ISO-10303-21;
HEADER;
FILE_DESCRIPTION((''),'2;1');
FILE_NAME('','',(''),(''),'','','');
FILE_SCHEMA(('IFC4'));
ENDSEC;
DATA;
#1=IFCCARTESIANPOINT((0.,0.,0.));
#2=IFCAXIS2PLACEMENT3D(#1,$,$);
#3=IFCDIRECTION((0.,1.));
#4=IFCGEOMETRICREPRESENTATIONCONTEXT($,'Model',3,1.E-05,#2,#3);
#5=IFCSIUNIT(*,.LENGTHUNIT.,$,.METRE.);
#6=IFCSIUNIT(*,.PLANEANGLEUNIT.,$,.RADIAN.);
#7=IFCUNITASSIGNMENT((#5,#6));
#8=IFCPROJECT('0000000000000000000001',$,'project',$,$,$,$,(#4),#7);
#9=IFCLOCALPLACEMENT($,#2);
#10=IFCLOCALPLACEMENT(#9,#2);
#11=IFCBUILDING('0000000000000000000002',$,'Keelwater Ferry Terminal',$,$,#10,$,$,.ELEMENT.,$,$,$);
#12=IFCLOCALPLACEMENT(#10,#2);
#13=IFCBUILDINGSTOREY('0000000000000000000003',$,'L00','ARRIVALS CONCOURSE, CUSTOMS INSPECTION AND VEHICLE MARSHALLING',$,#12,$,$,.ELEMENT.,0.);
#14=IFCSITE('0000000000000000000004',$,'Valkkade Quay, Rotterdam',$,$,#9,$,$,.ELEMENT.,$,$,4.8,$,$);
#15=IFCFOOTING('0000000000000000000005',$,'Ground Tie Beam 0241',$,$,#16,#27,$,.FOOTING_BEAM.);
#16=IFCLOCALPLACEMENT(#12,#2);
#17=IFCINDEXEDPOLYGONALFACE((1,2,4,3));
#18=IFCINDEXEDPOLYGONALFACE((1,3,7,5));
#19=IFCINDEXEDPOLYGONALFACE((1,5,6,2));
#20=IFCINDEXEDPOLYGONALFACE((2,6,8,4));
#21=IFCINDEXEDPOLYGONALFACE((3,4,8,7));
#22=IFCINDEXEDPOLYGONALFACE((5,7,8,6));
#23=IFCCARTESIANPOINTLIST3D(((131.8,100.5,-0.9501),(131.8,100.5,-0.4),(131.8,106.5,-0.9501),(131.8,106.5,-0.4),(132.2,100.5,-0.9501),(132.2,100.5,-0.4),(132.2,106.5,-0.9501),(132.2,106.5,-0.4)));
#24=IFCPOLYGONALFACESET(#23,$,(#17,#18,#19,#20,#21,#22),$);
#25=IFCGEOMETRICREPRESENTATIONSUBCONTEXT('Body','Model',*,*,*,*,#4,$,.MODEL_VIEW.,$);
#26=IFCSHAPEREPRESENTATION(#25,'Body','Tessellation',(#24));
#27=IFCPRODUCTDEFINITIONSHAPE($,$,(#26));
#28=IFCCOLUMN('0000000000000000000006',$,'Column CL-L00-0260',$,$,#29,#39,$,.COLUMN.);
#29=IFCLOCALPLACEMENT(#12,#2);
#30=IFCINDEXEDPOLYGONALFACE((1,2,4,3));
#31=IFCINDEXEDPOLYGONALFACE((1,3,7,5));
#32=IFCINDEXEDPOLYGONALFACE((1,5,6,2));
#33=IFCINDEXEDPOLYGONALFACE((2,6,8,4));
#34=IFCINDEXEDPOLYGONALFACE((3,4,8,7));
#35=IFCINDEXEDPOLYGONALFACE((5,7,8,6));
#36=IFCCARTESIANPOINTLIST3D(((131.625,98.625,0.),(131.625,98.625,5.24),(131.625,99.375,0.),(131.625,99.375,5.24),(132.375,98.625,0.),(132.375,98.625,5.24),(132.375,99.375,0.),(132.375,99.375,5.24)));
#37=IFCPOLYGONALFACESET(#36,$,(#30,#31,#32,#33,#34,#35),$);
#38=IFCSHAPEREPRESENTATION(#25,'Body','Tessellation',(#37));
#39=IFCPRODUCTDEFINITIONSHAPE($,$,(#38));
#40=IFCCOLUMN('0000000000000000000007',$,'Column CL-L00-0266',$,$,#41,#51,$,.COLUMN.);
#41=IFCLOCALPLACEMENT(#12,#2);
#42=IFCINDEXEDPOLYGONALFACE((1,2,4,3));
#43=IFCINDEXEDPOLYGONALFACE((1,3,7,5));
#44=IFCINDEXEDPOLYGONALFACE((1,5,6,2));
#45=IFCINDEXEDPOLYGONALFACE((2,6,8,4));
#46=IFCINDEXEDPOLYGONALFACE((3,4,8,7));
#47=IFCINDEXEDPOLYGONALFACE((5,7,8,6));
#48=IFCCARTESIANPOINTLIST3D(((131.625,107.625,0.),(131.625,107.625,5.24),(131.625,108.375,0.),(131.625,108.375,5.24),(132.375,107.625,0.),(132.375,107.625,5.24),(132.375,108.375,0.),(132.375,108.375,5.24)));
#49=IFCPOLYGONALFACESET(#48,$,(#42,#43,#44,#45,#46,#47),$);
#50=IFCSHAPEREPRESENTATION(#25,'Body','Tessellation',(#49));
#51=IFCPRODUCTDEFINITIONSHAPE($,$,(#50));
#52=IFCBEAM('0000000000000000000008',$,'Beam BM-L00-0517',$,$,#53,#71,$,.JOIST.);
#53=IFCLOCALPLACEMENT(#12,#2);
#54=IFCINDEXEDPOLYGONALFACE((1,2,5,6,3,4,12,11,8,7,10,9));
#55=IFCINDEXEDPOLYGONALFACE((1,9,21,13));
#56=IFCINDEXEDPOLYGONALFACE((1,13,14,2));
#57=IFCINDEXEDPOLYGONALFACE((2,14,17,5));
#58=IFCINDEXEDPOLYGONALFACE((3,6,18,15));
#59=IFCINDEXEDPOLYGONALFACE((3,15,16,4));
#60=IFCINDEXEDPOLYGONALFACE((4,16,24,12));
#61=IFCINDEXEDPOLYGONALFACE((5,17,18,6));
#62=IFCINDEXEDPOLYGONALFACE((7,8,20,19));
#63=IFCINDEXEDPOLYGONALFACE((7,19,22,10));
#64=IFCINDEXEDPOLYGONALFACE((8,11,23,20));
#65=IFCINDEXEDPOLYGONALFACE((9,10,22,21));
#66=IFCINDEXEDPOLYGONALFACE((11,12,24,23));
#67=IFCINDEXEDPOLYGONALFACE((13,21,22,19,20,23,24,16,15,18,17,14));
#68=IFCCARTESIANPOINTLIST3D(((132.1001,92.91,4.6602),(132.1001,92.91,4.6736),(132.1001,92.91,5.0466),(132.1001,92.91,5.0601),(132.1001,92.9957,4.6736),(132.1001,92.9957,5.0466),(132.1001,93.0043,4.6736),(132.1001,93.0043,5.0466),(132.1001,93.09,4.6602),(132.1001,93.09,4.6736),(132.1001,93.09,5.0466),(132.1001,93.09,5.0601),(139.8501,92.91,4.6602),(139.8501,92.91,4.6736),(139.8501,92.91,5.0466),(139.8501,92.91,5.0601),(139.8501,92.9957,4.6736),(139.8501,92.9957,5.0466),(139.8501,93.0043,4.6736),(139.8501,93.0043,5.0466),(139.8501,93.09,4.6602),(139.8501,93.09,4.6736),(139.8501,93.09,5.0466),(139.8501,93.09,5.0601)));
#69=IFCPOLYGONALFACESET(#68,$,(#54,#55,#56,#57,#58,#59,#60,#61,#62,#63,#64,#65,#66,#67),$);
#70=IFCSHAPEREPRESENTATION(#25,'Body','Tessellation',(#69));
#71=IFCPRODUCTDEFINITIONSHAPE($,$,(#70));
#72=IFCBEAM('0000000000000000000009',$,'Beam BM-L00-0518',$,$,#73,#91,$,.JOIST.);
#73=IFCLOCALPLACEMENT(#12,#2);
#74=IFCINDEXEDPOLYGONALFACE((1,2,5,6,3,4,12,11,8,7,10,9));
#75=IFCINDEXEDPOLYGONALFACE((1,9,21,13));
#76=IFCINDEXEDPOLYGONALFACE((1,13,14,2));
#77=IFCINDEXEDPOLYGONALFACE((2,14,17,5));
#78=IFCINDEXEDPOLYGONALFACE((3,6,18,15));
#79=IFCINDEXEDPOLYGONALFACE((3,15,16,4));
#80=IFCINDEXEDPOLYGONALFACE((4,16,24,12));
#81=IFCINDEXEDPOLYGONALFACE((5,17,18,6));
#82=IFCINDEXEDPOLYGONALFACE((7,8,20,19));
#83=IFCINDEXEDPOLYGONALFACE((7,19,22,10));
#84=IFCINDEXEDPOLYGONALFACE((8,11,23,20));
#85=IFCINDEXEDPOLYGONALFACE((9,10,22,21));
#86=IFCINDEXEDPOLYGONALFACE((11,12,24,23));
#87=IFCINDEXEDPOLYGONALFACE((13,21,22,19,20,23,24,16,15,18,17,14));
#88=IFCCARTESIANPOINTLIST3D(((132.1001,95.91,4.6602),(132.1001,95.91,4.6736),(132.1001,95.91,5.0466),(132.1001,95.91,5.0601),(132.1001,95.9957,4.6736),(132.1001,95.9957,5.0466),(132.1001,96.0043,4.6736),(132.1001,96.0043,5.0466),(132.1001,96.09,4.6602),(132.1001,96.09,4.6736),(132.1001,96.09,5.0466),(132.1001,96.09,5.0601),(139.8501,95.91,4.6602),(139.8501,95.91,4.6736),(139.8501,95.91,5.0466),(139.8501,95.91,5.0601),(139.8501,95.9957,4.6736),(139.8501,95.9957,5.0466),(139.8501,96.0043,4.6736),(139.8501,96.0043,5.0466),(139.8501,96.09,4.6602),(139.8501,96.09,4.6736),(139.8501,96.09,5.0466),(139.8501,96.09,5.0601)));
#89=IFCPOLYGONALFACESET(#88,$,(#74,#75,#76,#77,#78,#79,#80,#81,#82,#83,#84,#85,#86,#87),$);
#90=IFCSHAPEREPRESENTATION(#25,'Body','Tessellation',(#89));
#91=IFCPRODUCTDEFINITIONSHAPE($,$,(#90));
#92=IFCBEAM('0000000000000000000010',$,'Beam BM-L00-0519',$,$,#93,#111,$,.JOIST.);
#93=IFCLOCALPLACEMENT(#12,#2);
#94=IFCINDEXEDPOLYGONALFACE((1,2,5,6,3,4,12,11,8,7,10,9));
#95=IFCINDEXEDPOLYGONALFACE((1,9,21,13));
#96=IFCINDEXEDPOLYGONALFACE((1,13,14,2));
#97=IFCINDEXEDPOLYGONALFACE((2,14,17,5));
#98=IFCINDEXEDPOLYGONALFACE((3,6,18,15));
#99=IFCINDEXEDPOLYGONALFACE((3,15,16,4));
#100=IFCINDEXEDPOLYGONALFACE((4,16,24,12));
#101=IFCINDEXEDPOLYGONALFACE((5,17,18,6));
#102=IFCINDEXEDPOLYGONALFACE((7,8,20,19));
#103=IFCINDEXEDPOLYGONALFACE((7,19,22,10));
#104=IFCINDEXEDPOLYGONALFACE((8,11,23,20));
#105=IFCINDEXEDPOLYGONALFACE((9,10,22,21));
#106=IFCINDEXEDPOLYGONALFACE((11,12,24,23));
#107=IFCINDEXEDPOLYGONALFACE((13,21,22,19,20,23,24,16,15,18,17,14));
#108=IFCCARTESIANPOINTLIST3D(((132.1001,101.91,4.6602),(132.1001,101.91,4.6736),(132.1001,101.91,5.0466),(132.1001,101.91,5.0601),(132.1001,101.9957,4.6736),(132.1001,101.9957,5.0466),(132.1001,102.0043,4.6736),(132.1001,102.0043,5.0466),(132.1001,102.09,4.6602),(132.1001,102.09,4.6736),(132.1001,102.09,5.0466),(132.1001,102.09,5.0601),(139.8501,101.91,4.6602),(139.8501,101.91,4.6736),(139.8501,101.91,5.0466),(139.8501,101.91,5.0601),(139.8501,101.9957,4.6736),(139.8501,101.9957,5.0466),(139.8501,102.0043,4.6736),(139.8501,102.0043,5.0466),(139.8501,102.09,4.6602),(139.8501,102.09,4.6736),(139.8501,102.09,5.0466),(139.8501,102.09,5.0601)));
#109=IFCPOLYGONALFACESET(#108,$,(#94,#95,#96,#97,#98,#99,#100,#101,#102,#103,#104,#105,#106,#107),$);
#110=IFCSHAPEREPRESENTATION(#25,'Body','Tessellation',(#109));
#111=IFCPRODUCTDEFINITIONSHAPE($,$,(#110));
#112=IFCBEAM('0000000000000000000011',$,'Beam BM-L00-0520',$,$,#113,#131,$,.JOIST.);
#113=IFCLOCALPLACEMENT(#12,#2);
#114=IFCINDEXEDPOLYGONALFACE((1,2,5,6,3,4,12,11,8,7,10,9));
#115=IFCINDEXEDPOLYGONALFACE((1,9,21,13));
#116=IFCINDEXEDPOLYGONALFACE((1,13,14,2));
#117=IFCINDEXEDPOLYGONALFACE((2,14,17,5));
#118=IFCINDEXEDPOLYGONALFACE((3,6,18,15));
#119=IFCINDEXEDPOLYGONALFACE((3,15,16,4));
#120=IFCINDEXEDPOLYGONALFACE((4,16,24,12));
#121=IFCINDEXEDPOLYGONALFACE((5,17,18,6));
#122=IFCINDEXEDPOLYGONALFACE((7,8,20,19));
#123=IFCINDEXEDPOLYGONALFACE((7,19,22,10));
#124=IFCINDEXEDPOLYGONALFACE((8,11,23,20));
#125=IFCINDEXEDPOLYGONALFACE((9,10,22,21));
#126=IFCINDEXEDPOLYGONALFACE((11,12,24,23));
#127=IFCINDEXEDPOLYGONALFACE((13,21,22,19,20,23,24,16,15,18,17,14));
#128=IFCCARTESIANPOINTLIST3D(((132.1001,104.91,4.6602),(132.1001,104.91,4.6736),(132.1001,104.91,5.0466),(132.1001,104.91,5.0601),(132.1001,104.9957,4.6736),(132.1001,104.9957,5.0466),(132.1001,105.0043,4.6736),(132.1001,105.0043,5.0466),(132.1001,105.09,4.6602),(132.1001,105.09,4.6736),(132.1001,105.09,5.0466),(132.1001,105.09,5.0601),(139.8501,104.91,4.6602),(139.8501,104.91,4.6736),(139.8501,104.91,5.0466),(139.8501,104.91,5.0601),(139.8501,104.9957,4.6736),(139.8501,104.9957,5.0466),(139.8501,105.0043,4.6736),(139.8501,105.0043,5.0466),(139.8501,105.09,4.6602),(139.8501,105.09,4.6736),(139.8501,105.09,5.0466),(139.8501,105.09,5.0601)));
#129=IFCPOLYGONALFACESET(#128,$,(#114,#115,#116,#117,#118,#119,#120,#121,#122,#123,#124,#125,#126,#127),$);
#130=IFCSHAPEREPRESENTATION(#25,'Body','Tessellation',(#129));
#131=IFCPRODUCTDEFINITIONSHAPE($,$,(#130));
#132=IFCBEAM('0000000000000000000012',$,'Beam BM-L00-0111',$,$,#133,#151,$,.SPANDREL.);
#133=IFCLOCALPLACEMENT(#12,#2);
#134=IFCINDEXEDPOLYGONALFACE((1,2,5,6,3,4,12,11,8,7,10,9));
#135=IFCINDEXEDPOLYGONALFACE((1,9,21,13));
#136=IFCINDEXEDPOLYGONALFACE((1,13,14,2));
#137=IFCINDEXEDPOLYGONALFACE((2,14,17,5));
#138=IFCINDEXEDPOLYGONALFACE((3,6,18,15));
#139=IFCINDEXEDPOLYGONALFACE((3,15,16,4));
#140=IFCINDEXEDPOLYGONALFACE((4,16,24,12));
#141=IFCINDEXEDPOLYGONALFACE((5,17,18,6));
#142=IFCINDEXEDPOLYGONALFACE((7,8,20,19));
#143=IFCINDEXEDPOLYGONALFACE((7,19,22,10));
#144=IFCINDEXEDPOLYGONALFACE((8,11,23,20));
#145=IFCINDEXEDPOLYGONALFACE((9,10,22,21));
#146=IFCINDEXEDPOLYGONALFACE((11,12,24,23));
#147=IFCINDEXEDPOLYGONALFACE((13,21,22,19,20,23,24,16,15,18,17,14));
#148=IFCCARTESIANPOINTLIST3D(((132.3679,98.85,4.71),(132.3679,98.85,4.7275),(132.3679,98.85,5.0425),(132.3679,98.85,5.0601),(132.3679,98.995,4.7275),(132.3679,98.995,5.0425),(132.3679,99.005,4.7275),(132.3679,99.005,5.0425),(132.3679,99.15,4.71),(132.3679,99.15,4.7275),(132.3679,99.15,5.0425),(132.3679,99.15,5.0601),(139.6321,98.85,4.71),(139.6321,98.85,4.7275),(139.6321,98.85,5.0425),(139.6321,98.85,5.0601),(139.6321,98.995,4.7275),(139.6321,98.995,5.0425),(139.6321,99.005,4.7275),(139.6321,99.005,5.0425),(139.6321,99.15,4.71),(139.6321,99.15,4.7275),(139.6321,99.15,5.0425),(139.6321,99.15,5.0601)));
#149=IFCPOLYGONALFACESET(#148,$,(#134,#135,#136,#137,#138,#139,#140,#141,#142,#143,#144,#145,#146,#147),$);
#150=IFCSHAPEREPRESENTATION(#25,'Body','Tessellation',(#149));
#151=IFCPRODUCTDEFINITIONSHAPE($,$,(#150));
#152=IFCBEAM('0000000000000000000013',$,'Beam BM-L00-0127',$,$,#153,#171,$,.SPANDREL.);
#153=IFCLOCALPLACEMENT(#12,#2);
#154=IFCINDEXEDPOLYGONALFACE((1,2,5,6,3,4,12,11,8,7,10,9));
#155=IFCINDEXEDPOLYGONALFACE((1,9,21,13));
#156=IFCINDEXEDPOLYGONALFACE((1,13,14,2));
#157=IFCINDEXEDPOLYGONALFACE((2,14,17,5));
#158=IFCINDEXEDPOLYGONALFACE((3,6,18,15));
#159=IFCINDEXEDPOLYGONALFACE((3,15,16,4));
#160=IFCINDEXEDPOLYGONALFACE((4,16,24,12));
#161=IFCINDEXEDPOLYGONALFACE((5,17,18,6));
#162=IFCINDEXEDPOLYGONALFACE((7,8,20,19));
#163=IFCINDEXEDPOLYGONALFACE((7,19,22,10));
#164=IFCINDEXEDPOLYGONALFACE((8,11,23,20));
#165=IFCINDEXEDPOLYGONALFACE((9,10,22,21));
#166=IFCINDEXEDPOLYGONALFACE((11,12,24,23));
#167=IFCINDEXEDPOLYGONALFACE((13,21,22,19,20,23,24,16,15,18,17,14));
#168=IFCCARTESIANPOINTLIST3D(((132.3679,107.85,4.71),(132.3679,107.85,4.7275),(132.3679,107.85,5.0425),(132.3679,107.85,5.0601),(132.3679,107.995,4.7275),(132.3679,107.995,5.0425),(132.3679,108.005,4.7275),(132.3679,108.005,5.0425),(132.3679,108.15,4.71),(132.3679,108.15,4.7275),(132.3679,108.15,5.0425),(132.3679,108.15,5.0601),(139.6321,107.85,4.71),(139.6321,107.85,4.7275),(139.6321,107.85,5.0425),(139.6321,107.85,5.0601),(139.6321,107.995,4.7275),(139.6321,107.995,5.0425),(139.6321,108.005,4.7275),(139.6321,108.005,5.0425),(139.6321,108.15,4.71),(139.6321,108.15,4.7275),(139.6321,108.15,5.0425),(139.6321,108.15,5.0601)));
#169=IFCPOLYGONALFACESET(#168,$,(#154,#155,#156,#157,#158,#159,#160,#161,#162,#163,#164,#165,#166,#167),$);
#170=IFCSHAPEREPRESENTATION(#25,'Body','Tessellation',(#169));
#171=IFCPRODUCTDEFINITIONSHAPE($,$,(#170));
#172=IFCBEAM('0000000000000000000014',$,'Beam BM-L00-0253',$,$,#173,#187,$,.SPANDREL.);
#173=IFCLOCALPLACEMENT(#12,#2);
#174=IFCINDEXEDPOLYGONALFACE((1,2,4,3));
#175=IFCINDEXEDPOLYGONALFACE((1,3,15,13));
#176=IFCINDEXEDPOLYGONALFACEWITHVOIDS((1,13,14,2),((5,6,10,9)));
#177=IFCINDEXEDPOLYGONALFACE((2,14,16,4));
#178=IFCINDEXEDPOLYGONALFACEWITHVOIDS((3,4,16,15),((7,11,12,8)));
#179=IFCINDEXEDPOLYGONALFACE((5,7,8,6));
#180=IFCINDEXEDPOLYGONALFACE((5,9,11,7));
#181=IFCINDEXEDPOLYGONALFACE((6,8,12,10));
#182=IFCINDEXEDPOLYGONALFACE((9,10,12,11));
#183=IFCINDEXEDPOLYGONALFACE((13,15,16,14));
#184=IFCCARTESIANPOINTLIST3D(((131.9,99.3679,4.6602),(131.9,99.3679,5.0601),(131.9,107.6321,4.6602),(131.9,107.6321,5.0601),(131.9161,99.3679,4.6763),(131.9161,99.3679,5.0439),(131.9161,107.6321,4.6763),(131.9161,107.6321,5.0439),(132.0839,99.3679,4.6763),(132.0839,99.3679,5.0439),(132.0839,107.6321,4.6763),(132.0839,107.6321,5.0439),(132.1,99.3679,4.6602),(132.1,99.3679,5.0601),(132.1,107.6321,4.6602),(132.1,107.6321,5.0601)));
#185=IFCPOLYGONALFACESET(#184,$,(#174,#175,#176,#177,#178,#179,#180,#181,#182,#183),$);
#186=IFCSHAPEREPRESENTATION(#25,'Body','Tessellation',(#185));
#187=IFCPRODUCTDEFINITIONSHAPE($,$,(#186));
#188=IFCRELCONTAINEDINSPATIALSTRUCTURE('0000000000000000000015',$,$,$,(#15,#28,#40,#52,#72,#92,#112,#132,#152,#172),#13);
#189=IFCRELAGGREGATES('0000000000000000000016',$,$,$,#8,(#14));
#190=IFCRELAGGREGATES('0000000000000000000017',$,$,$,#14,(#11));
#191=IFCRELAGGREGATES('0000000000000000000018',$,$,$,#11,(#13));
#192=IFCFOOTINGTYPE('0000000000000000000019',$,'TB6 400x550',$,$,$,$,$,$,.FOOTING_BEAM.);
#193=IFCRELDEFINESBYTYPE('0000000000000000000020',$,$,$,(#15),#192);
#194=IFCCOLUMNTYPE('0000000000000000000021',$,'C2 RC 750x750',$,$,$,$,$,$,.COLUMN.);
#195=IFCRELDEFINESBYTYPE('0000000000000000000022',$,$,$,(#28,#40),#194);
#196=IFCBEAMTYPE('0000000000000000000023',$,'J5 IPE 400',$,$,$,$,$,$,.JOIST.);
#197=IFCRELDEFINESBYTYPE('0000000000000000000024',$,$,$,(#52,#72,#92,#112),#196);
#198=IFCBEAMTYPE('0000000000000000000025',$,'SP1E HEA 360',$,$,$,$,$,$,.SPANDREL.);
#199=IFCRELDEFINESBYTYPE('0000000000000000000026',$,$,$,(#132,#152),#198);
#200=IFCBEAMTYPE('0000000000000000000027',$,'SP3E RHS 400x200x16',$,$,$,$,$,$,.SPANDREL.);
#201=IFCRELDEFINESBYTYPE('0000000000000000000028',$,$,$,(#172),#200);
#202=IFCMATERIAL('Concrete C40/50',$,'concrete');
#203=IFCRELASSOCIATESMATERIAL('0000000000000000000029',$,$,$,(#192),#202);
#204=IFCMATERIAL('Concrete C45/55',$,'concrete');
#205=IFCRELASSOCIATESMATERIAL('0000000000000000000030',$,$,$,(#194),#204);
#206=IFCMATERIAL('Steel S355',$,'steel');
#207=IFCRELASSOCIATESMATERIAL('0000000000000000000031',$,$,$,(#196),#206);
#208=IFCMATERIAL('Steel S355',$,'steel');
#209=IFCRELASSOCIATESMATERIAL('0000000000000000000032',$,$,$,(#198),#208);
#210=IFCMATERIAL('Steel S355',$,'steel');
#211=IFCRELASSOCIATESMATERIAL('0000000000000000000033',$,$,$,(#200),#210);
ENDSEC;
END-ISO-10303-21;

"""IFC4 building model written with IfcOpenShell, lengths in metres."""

from ifc_helpers import new_model, si_unit, direction, frame, origin, origin_2d, place, context, subcontext, project, spatial, rectangle, hollow_rectangle, i_section, extrude, material, material_profile, profile_set, type_object, element, save


model = new_model("IFC4")

# Units and contexts
model_context = context("Model", 3, precision=1e-05, world=origin(), true_north=direction((0.0, 1.0)))
body_context = subcontext(model_context, "Body", "Model", "MODEL_VIEW")
ifc_project = project(units=[si_unit("LENGTHUNIT", "METRE"), si_unit("PLANEANGLEUNIT", "RADIAN")], contexts=[model_context])

# Site, building, storey
site_placement = place(None, origin())
site = spatial("IfcSite", under=ifc_project, at=site_placement, Name="Valkkade Quay, Rotterdam", CompositionType="ELEMENT", RefElevation=4.8)
building_placement = place(site_placement, origin())
building = spatial("IfcBuilding", under=site, at=building_placement, Name="Keelwater Ferry Terminal", CompositionType="ELEMENT")
storey_placement = place(building_placement, origin())
storey = spatial("IfcBuildingStorey", under=building, at=storey_placement, Name="L00", Description="ARRIVALS CONCOURSE, CUSTOMS INSPECTION AND VEHICLE MARSHALLING", CompositionType="ELEMENT", Elevation=0.0)

# Footing
ifc_material_1 = material(Name="Concrete C40/50", Category="concrete")
ifc_material_profile_1 = material_profile(ifc_material_1, rectangle(XDim=0.3999, YDim=0.55, at=origin_2d()), Name="TB 400x550")
ifc_profile_set_1 = profile_set([ifc_material_profile_1], Name="Concrete C40/50")
footing_type = type_object("IfcFootingType", Name="TB6 400x550", PredefinedType="FOOTING_BEAM", material=ifc_profile_set_1)
footing_1_placement = place(storey_placement, frame((132.0, 100.5, -0.675), z_axis=(0.0, 1.0, 0.0), x_axis=(-1.0, 0.0, 0.0)))
element("IfcFooting", 1, at=footing_1_placement, inside=storey, type_object=footing_type, Name="Ground Tie Beam 0241", PredefinedType="FOOTING_BEAM", context=body_context, shape_type="SweptSolid", body=[
    extrude(rectangle(XDim=0.3999, YDim=0.55, at=origin_2d()), origin(), (0.0, 0.0, 1.0), 6.0),
])

# Columns
ifc_material_2 = material(Name="Concrete C45/55", Category="concrete")
ifc_material_profile_2 = material_profile(ifc_material_2, rectangle(XDim=0.75, YDim=0.75, at=origin_2d()), Name="RC 750x750")
ifc_profile_set_2 = profile_set([ifc_material_profile_2], Name="Concrete C45/55")
column_type = type_object("IfcColumnType", Name="C2 RC 750x750", PredefinedType="COLUMN", material=ifc_profile_set_2)
for number, where, z_axis, x_axis, name in (
    (2, (132.0, 99.0, 0.0), (0.0, 0.0, 1.0), (1.0, 0.0, 0.0), "Column CL-L00-0260"),
    (3, (132.0, 108.0, 0.0), (0.0, 0.0, 1.0), (1.0, 0.0, 0.0), "Column CL-L00-0266"),
):
    element("IfcColumn", number, at=place(storey_placement, frame(where, z_axis=z_axis, x_axis=x_axis)), inside=storey, type_object=column_type, Name=name, PredefinedType="COLUMN", context=body_context, shape_type="SweptSolid", body=[
        extrude(rectangle(XDim=0.75, YDim=0.75, at=origin_2d()), origin(), (0.0, 0.0, 1.0), 5.24),
    ])

# Beams
ifc_material_3 = material(Name="Steel S355", Category="steel")
ifc_material_profile_3 = material_profile(ifc_material_3, i_section(OverallWidth=0.1799, OverallDepth=0.3999, WebThickness=0.0085, FlangeThickness=0.0134, at=origin_2d()), Name="IPE 400")
ifc_profile_set_3 = profile_set([ifc_material_profile_3], Name="Steel S355")
beam_type_1 = type_object("IfcBeamType", Name="J5 IPE 400", PredefinedType="JOIST", material=ifc_profile_set_3)
for number, where, z_axis, x_axis, name in (
    (4, (132.1001, 93.0, 4.8601), (1.0, 0.0, 0.0), (0.0, 1.0, 0.0), "Beam BM-L00-0517"),
    (5, (132.1001, 96.0, 4.8601), (1.0, 0.0, 0.0), (0.0, 1.0, 0.0), "Beam BM-L00-0518"),
    (6, (132.1001, 102.0, 4.8601), (1.0, 0.0, 0.0), (0.0, 1.0, 0.0), "Beam BM-L00-0519"),
    (7, (132.1001, 105.0, 4.8601), (1.0, 0.0, 0.0), (0.0, 1.0, 0.0), "Beam BM-L00-0520"),
):
    element("IfcBeam", number, at=place(storey_placement, frame(where, z_axis=z_axis, x_axis=x_axis)), inside=storey, type_object=beam_type_1, Name=name, PredefinedType="JOIST", context=body_context, shape_type="SweptSolid", body=[
        extrude(i_section(OverallWidth=0.1799, OverallDepth=0.3999, WebThickness=0.0085, FlangeThickness=0.0134, at=origin_2d()), origin(), (0.0, 0.0, 1.0), 7.75),
    ])
ifc_material_4 = material(Name="Steel S355", Category="steel")
ifc_material_profile_4 = material_profile(ifc_material_4, i_section(OverallWidth=0.3, OverallDepth=0.3501, WebThickness=0.01, FlangeThickness=0.0176, at=origin_2d()), Name="HEA 360")
ifc_profile_set_4 = profile_set([ifc_material_profile_4], Name="Steel S355")
beam_type_2 = type_object("IfcBeamType", Name="SP1E HEA 360", PredefinedType="SPANDREL", material=ifc_profile_set_4)
for number, where, z_axis, x_axis, name in (
    (8, (132.3679, 99.0, 4.885), (1.0, 0.0, 0.0), (0.0, 1.0, 0.0), "Beam BM-L00-0111"),
    (9, (132.3679, 108.0, 4.885), (1.0, 0.0, 0.0), (0.0, 1.0, 0.0), "Beam BM-L00-0127"),
):
    element("IfcBeam", number, at=place(storey_placement, frame(where, z_axis=z_axis, x_axis=x_axis)), inside=storey, type_object=beam_type_2, Name=name, PredefinedType="SPANDREL", context=body_context, shape_type="SweptSolid", body=[
        extrude(i_section(OverallWidth=0.3, OverallDepth=0.3501, WebThickness=0.01, FlangeThickness=0.0176, at=origin_2d()), origin(), (0.0, 0.0, 1.0), 7.2642),
    ])
ifc_material_5 = material(Name="Steel S355", Category="steel")
ifc_material_profile_5 = material_profile(ifc_material_5, hollow_rectangle(XDim=0.2, YDim=0.3999, WallThickness=0.0161, at=origin_2d()), Name="RHS 400x200x16")
ifc_profile_set_5 = profile_set([ifc_material_profile_5], Name="Steel S355")
beam_type_3 = type_object("IfcBeamType", Name="SP3E RHS 400x200x16", PredefinedType="SPANDREL", material=ifc_profile_set_5)
beam_placement = place(storey_placement, frame((132.0, 99.3679, 4.8601), z_axis=(0.0, 1.0, 0.0), x_axis=(-1.0, 0.0, 0.0)))
element("IfcBeam", 10, at=beam_placement, inside=storey, type_object=beam_type_3, Name="Beam BM-L00-0253", PredefinedType="SPANDREL", context=body_context, shape_type="SweptSolid", body=[
    extrude(hollow_rectangle(XDim=0.2, YDim=0.3999, WallThickness=0.0161, at=origin_2d()), origin(), (0.0, 0.0, 1.0), 8.2642),
])

save(model, "model.ifc")
